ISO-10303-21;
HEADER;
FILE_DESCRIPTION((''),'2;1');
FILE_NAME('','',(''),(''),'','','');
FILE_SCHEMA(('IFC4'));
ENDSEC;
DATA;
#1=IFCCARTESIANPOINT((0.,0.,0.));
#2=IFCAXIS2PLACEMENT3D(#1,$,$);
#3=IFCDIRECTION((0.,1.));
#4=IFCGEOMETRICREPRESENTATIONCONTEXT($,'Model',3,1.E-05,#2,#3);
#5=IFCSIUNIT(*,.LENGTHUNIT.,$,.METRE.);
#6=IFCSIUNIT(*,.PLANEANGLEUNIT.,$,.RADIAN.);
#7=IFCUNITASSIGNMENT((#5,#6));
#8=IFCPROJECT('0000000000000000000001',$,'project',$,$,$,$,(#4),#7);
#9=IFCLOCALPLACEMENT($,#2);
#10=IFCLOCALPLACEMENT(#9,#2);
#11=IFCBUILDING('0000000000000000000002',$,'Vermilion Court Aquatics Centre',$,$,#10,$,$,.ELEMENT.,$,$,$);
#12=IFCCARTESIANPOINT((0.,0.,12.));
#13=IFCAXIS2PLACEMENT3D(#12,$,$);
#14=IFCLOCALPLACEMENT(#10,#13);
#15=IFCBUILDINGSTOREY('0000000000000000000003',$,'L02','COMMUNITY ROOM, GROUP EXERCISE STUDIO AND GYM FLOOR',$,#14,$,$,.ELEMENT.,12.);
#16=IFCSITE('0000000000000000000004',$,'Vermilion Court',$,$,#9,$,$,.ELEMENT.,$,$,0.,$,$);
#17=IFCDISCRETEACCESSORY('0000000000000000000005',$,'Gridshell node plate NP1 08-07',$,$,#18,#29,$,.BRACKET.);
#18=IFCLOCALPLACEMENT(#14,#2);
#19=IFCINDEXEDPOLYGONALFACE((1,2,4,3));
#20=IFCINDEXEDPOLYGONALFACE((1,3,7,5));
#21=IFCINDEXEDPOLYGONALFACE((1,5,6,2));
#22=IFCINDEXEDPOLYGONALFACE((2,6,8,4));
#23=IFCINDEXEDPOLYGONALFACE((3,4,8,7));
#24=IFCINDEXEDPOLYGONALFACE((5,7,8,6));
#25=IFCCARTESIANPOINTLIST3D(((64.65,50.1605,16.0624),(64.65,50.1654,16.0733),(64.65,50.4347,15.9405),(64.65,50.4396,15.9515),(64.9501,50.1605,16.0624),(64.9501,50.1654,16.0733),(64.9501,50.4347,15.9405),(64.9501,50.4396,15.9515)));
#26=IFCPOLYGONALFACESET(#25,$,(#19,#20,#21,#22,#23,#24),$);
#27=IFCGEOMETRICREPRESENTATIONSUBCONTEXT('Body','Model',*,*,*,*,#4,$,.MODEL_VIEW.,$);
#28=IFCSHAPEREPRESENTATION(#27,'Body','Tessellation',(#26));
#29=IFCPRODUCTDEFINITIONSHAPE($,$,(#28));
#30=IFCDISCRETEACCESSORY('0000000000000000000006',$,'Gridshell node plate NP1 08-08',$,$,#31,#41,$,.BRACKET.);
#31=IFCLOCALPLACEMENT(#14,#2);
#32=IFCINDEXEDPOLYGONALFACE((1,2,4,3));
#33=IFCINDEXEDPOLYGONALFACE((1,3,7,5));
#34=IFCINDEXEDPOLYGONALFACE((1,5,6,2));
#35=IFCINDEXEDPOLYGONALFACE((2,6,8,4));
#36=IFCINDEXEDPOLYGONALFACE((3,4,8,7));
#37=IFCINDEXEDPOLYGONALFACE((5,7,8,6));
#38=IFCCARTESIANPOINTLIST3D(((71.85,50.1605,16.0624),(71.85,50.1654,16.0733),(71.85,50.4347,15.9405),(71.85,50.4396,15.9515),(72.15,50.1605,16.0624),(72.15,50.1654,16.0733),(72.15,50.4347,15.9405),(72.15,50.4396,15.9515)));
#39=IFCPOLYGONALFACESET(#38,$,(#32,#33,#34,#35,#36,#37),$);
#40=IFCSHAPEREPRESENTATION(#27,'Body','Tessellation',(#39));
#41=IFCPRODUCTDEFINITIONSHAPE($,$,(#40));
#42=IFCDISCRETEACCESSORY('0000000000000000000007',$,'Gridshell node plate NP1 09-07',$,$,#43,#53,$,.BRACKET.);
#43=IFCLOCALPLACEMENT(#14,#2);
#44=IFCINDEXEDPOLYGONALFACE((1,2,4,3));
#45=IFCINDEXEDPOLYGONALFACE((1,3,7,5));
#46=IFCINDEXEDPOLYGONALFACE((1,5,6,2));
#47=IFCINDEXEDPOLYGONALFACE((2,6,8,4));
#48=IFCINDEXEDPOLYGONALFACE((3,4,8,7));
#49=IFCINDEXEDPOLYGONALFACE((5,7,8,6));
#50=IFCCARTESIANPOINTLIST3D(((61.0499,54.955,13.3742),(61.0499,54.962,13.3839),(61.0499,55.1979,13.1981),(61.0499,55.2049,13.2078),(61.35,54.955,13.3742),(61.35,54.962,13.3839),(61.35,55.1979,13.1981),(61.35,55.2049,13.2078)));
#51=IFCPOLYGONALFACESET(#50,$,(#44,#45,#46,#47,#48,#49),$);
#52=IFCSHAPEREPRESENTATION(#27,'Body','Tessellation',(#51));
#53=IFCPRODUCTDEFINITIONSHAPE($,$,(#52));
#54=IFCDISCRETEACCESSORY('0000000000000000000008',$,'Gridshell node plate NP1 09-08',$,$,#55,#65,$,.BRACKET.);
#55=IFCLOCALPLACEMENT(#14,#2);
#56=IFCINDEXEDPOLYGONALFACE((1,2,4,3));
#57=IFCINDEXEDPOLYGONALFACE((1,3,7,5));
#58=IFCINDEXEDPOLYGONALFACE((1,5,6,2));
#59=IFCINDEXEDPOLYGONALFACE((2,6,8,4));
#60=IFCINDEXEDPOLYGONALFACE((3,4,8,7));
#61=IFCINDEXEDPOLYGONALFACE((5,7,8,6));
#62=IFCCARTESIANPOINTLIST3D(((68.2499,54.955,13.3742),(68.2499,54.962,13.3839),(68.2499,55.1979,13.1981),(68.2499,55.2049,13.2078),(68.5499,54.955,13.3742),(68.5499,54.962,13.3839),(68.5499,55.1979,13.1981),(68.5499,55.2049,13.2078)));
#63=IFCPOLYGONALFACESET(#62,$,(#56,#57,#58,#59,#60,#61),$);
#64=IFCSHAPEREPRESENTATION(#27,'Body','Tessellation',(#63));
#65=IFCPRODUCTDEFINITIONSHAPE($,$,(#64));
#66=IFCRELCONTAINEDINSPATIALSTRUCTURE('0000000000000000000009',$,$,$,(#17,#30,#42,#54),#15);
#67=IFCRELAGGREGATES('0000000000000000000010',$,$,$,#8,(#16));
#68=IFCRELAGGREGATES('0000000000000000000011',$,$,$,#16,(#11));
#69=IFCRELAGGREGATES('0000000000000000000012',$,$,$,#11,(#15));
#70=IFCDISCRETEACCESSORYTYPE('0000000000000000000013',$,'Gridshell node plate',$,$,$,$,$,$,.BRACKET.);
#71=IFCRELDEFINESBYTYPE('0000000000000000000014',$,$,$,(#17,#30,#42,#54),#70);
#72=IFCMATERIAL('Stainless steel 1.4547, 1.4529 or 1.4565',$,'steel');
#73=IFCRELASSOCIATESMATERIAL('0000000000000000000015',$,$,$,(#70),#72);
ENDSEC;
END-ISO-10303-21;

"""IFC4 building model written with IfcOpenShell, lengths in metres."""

from ifc_helpers import new_model, si_unit, direction, frame, origin, origin_2d, place, context, subcontext, project, spatial, rectangle, extrude, material, material_profile, profile_set, type_object, element, save


model = new_model("IFC4")

# Units and contexts
model_context = context("Model", 3, precision=1e-05, world=origin(), true_north=direction((0.0, 1.0)))
body_context = subcontext(model_context, "Body", "Model", "MODEL_VIEW")
ifc_project = project(units=[si_unit("LENGTHUNIT", "METRE"), si_unit("PLANEANGLEUNIT", "RADIAN")], contexts=[model_context])

# Site, building, storey
site_placement = place(None, origin())
site = spatial("IfcSite", under=ifc_project, at=site_placement, Name="Vermilion Court", CompositionType="ELEMENT", RefElevation=0.0)
building_placement = place(site_placement, origin())
building = spatial("IfcBuilding", under=site, at=building_placement, Name="Vermilion Court Aquatics Centre", CompositionType="ELEMENT")
storey_placement = place(building_placement, frame((0.0, 0.0, 12.0)))
storey = spatial("IfcBuildingStorey", under=building, at=storey_placement, Name="L02", Description="COMMUNITY ROOM, GROUP EXERCISE STUDIO AND GYM FLOOR", CompositionType="ELEMENT", Elevation=12.0)

# Discrete accessories
ifc_material_1 = material(Name="Stainless steel 1.4547, 1.4529 or 1.4565", Category="steel")
ifc_material_profile_1 = material_profile(ifc_material_1, rectangle(XDim=0.3, YDim=0.3, at=origin_2d()), Name="PL 12 x 300 x 300")
ifc_profile_set_1 = profile_set([ifc_material_profile_1], Name="Stainless steel 1.4547, 1.4529 or 1.4565")
discrete_accessory_type = type_object("IfcDiscreteAccessoryType", Name="Gridshell node plate", PredefinedType="BRACKET", material=ifc_profile_set_1)
for number, where, z_axis, x_axis, name in (
    (1, (64.8, 50.2976, 16.0015), (0.0, 0.406138, 0.913812), (-1.0, 0.0, 0.0), "Gridshell node plate NP1 08-07"),
    (2, (72.0, 50.2976, 16.0015), (0.0, 0.406138, 0.913812), (-1.0, 0.0, 0.0), "Gridshell node plate NP1 08-08"),
    (3, (61.2, 55.0764, 13.2861), (0.0, 0.586968, 0.80961), (-1.0, 0.0, 0.0), "Gridshell node plate NP1 09-07"),
    (4, (68.3999, 55.0764, 13.2861), (0.0, 0.586968, 0.80961), (-1.0, 0.0, 0.0), "Gridshell node plate NP1 09-08"),
):
    element("IfcDiscreteAccessory", number, at=place(storey_placement, frame(where, z_axis=z_axis, x_axis=x_axis)), inside=storey, type_object=discrete_accessory_type, Name=name, PredefinedType="BRACKET", context=body_context, shape_type="SweptSolid", body=[
        extrude(rectangle(XDim=0.3, YDim=0.3, at=origin_2d()), origin(), (0.0, 0.0, 1.0), 0.012),
    ])

save(model, "model.ifc")
